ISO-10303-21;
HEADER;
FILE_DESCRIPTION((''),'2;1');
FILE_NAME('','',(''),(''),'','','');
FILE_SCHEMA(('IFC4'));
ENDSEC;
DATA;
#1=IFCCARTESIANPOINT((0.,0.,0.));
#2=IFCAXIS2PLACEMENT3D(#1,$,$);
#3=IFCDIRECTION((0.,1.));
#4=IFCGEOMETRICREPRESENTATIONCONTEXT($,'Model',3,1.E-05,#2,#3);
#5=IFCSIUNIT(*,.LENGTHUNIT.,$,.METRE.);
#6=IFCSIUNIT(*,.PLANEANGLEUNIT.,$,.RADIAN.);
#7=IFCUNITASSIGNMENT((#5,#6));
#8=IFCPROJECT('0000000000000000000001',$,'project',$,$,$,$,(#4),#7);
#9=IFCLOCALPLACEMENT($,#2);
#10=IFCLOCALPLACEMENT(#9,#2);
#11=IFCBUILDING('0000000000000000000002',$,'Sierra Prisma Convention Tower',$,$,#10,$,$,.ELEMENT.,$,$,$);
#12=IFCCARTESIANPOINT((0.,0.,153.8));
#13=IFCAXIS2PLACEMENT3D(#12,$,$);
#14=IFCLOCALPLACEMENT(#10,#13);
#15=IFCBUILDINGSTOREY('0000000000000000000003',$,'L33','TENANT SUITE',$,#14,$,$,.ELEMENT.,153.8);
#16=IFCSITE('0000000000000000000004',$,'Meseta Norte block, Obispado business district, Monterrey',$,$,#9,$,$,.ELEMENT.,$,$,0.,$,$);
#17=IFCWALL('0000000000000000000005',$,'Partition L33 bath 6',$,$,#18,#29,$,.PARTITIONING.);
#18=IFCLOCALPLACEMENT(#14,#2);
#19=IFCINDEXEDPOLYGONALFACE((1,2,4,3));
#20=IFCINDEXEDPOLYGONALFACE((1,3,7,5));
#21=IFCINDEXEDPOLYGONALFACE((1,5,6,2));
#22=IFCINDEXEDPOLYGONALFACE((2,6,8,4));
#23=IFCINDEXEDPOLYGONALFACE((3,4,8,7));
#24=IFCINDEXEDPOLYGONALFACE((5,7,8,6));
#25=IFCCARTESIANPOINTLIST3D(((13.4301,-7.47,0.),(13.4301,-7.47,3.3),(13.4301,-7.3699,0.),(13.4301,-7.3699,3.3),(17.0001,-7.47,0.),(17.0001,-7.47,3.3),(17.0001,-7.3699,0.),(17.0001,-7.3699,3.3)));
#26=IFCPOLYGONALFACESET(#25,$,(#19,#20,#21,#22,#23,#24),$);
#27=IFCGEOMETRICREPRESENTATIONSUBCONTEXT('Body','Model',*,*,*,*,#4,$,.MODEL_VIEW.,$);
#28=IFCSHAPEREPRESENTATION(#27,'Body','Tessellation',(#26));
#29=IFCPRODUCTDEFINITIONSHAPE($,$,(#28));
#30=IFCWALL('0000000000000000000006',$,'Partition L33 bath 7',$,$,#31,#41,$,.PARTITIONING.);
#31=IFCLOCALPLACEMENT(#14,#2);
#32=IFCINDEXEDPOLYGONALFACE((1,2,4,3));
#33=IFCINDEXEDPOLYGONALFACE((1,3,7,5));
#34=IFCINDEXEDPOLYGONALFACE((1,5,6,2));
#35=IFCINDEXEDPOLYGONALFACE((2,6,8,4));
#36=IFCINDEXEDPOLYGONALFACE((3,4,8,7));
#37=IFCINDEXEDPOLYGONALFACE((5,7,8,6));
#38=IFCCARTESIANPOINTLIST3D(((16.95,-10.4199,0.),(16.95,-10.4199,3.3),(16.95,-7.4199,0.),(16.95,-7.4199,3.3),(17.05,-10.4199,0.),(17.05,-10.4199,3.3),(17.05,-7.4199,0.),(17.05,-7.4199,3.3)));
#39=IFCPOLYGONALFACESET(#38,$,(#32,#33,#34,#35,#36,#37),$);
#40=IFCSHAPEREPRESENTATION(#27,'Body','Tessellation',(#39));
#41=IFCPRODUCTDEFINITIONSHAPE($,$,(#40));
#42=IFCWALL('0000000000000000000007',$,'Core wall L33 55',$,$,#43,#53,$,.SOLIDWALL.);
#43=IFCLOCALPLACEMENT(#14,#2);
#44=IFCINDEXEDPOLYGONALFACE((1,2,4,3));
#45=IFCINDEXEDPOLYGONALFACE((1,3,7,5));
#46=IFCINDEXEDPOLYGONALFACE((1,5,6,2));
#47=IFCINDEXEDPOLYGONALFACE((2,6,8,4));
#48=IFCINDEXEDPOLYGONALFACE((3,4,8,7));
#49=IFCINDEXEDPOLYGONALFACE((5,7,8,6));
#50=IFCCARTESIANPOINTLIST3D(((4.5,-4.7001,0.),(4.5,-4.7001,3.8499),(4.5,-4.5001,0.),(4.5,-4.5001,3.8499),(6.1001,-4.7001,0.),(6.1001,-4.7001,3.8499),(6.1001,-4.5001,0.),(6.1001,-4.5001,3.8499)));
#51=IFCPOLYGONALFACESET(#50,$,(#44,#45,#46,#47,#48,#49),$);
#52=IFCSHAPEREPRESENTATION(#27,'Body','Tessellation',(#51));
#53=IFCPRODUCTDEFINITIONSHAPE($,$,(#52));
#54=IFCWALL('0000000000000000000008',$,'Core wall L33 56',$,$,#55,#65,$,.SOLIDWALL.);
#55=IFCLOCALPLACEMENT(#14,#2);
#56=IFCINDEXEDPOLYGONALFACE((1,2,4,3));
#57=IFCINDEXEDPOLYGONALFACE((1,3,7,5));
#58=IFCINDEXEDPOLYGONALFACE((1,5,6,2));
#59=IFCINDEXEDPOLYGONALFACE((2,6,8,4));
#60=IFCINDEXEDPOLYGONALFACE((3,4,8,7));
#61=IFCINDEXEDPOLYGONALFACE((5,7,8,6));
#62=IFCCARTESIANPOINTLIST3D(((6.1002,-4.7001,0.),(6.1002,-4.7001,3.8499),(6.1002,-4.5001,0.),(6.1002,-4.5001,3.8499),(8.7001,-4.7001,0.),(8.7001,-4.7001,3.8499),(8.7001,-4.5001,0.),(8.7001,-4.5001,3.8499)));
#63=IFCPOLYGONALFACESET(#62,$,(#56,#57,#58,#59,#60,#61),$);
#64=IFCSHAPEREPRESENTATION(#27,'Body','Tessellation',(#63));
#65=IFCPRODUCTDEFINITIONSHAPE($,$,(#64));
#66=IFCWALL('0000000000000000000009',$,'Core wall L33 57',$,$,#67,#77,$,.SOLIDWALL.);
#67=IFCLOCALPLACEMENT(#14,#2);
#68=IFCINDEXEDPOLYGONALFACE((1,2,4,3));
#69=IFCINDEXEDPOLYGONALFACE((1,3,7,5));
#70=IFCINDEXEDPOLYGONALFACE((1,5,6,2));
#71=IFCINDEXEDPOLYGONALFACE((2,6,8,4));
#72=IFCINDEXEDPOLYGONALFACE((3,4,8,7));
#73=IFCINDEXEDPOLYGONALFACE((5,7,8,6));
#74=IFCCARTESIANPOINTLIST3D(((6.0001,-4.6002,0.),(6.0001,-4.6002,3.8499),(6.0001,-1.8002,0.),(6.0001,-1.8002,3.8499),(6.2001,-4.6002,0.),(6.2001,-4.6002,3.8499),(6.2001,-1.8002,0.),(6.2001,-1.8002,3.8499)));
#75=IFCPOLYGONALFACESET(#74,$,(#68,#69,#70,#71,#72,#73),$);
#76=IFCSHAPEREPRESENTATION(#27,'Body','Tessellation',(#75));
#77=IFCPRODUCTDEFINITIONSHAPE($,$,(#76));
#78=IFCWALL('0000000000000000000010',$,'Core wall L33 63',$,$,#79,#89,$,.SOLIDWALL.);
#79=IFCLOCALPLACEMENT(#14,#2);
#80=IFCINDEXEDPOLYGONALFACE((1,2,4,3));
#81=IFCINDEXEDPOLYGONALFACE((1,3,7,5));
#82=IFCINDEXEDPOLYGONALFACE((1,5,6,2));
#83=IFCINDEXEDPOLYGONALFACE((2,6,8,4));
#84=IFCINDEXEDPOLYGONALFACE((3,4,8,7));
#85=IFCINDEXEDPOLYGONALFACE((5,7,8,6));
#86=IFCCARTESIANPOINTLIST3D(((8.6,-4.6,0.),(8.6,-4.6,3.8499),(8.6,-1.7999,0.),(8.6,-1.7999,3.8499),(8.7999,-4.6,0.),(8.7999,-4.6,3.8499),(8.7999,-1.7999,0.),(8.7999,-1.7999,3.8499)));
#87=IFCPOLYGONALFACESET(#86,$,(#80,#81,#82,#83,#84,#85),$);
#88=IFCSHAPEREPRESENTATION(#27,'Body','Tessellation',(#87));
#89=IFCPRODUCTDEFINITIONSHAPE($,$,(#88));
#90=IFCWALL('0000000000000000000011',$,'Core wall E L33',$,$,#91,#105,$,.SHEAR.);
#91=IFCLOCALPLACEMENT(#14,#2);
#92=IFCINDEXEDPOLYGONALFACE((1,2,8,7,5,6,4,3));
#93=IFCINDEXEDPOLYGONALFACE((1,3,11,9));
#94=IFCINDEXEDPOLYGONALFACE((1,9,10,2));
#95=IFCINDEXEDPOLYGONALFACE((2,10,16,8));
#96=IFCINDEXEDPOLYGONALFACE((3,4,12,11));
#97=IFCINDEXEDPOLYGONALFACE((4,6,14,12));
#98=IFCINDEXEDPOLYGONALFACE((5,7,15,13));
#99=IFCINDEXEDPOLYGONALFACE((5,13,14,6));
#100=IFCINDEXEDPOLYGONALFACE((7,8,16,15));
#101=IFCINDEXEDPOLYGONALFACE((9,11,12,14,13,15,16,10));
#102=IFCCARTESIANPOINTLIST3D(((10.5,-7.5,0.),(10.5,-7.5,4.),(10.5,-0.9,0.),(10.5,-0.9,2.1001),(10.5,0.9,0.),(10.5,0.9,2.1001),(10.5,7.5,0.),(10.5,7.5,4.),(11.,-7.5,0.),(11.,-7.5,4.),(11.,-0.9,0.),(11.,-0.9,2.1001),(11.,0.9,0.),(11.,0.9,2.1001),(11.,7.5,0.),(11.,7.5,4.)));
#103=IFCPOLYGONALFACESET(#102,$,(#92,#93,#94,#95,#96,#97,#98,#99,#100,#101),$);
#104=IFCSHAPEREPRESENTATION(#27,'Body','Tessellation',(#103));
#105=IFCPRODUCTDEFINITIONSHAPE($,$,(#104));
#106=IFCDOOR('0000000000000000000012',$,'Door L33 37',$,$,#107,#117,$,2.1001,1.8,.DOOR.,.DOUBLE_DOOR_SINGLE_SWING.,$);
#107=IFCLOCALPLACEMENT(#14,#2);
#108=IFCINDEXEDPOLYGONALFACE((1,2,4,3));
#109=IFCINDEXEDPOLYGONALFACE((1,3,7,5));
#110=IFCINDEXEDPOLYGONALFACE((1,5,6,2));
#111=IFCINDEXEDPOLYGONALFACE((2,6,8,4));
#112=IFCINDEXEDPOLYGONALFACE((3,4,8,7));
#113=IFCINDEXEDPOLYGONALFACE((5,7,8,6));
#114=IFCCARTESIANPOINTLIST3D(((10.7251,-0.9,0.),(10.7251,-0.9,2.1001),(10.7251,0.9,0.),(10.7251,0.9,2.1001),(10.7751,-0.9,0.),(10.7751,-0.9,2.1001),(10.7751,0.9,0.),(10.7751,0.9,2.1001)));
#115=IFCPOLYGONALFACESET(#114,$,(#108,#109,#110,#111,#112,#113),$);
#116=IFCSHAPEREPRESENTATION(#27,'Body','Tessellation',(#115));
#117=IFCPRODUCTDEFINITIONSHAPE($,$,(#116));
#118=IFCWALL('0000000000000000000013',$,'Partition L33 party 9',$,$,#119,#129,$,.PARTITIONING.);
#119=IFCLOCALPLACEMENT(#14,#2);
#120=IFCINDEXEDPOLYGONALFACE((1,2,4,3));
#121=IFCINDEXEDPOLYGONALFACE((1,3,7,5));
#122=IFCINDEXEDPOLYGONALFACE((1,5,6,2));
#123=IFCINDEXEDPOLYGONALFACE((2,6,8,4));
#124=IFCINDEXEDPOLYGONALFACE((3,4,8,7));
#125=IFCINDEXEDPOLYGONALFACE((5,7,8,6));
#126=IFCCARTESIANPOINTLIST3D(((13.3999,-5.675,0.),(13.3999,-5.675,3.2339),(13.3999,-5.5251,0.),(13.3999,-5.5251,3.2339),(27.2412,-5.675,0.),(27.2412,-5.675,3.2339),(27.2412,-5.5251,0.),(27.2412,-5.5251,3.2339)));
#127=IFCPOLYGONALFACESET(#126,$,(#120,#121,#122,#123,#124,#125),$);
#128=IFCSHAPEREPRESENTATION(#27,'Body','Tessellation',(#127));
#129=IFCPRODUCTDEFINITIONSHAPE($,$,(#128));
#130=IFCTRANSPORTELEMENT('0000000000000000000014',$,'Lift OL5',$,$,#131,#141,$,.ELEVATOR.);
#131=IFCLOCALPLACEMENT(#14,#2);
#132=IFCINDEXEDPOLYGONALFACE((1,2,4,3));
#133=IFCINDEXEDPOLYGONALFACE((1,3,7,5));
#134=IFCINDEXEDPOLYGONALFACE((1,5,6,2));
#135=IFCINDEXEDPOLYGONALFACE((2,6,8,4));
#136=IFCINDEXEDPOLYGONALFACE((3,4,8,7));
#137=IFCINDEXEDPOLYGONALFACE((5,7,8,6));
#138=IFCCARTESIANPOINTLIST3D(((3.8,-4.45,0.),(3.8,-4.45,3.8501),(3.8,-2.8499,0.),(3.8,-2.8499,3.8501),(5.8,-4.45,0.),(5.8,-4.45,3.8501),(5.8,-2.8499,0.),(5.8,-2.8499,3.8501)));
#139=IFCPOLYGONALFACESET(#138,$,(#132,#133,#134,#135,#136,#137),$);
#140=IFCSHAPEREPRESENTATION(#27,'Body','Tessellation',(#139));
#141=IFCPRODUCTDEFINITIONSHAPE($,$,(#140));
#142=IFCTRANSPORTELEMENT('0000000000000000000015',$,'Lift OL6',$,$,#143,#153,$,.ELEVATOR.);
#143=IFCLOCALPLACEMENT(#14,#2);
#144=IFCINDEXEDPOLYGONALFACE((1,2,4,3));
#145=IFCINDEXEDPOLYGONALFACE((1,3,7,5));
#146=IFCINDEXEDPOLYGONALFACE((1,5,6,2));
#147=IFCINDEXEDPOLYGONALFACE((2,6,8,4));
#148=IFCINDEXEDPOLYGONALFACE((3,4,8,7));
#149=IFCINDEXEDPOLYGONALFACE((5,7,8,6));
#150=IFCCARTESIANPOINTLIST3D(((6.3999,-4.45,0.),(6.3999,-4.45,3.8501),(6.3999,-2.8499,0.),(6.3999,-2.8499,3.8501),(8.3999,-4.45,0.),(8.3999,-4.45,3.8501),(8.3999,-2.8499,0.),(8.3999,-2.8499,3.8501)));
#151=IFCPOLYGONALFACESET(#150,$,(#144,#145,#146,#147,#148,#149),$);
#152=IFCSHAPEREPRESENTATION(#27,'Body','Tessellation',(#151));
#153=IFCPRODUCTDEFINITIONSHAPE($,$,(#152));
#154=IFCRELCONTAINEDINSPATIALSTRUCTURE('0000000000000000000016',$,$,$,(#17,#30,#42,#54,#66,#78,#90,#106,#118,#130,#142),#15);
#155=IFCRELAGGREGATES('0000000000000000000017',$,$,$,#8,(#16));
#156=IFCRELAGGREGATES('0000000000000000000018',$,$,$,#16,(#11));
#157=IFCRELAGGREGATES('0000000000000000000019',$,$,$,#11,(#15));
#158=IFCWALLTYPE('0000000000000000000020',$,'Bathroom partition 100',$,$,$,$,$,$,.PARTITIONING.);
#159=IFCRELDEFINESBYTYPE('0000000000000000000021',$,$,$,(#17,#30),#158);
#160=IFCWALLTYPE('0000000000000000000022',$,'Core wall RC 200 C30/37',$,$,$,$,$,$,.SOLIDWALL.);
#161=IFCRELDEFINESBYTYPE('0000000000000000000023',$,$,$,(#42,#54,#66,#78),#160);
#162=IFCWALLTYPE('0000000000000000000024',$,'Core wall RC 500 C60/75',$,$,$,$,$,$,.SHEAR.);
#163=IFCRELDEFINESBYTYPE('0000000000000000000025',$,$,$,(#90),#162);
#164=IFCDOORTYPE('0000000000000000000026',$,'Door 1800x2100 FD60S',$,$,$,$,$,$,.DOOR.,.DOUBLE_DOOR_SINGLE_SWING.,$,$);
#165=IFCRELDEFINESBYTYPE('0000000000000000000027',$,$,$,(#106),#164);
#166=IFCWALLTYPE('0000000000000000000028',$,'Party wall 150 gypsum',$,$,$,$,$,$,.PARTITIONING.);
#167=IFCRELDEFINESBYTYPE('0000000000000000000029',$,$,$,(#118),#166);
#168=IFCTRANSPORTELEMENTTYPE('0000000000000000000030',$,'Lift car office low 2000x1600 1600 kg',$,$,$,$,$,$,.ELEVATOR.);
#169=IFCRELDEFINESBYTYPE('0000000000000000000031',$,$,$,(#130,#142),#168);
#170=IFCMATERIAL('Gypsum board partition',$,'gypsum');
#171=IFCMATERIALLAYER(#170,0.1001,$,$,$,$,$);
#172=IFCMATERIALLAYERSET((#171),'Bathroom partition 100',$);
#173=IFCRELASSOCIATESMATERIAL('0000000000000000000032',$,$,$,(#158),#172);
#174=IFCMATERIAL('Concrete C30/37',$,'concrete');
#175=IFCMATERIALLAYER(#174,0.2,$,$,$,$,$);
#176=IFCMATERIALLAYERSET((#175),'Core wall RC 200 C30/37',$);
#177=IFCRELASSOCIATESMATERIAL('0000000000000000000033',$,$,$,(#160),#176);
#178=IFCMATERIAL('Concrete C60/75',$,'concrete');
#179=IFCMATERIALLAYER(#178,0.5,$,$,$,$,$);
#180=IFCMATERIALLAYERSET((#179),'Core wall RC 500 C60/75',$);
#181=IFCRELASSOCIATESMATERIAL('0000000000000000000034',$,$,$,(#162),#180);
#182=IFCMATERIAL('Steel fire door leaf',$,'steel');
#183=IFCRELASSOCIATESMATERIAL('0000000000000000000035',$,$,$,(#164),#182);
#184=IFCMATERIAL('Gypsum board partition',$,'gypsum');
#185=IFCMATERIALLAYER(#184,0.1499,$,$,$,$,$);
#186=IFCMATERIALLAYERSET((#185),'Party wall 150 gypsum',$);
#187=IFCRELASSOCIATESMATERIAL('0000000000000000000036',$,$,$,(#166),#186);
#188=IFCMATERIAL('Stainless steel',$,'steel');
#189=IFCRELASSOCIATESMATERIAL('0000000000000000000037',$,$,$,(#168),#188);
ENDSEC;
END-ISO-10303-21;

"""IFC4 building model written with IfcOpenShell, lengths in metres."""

from ifc_helpers import new_model, si_unit, direction, frame, frame_2d, origin, origin_2d, place, context, subcontext, project, spatial, rectangle, extrude, material, layer, layer_set, type_object, element, fill, save


model = new_model("IFC4")

# Units and contexts
model_context = context("Model", 3, precision=1e-05, world=origin(), true_north=direction((0.0, 1.0)))
body_context = subcontext(model_context, "Body", "Model", "MODEL_VIEW")
ifc_project = project(units=[si_unit("LENGTHUNIT", "METRE"), si_unit("PLANEANGLEUNIT", "RADIAN")], contexts=[model_context])

# Site, building, storey
site_placement = place(None, origin())
site = spatial("IfcSite", under=ifc_project, at=site_placement, Name="Meseta Norte block, Obispado business district, Monterrey", CompositionType="ELEMENT", RefElevation=0.0)
building_placement = place(site_placement, origin())
building = spatial("IfcBuilding", under=site, at=building_placement, Name="Sierra Prisma Convention Tower", CompositionType="ELEMENT")
storey_placement = place(building_placement, frame((0.0, 0.0, 153.8)))
storey = spatial("IfcBuildingStorey", under=building, at=storey_placement, Name="L33", Description="TENANT SUITE", CompositionType="ELEMENT", Elevation=153.8)

# Walls
ifc_material_1 = material(Name="Gypsum board partition", Category="gypsum")
ifc_layer_1 = layer(ifc_material_1, 0.1001)
ifc_layer_set_1 = layer_set([ifc_layer_1], Name="Bathroom partition 100")
wall_type_1 = type_object("IfcWallType", Name="Bathroom partition 100", PredefinedType="PARTITIONING", material=ifc_layer_set_1)
wall_1_placement = place(storey_placement, frame((13.4299, -7.4199, 0.0), z_axis=(0.0, 0.0, 1.0), x_axis=(1.0, 0.0, 0.0)))
element("IfcWall", 1, at=wall_1_placement, inside=storey, type_object=wall_type_1, Name="Partition L33 bath 6", PredefinedType="PARTITIONING", context=body_context, shape_type="SweptSolid", body=[
    extrude(rectangle(XDim=3.5701, YDim=0.1001, at=frame_2d((1.7852, 0.0))), origin(), (0.0, 0.0, 1.0), 3.3),
])
wall_2_placement = place(storey_placement, frame((17.0, -7.4199, 0.0), z_axis=(0.0, 0.0, 1.0), x_axis=(0.0, -1.0, 0.0)))
element("IfcWall", 2, at=wall_2_placement, inside=storey, type_object=wall_type_1, Name="Partition L33 bath 7", PredefinedType="PARTITIONING", context=body_context, shape_type="SweptSolid", body=[
    extrude(rectangle(XDim=3.0, YDim=0.1001, at=frame_2d((1.5, 0.0))), origin(), (0.0, 0.0, 1.0), 3.3),
])
ifc_material_2 = material(Name="Concrete C30/37", Category="concrete")
ifc_layer_2 = layer(ifc_material_2, 0.2)
ifc_layer_set_2 = layer_set([ifc_layer_2], Name="Core wall RC 200 C30/37")
wall_type_2 = type_object("IfcWallType", Name="Core wall RC 200 C30/37", PredefinedType="SOLIDWALL", material=ifc_layer_set_2)
wall_3_placement = place(storey_placement, frame((6.1001, -4.6001, 0.0), z_axis=(0.0, 0.0, 1.0), x_axis=(-1.0, 0.0, 0.0)))
element("IfcWall", 3, at=wall_3_placement, inside=storey, type_object=wall_type_2, Name="Core wall L33 55", PredefinedType="SOLIDWALL", context=body_context, shape_type="SweptSolid", body=[
    extrude(rectangle(XDim=1.6001, YDim=0.2, at=frame_2d((0.8, 0.0))), origin(), (0.0, 0.0, 1.0), 3.8499),
])
wall_4_placement = place(storey_placement, frame((8.7, -4.6001, 0.0), z_axis=(0.0, 0.0, 1.0), x_axis=(-1.0, 0.0, 0.0)))
element("IfcWall", 4, at=wall_4_placement, inside=storey, type_object=wall_type_2, Name="Core wall L33 56", PredefinedType="SOLIDWALL", context=body_context, shape_type="SweptSolid", body=[
    extrude(rectangle(XDim=2.5999, YDim=0.2, at=frame_2d((1.2998, 0.0))), origin(), (0.0, 0.0, 1.0), 3.8499),
])
wall_5_placement = place(storey_placement, frame((6.1001, -4.6001, 0.0), z_axis=(0.0, 0.0, 1.0), x_axis=(0.0, 1.0, 0.0)))
element("IfcWall", 5, at=wall_5_placement, inside=storey, type_object=wall_type_2, Name="Core wall L33 57", PredefinedType="SOLIDWALL", context=body_context, shape_type="SweptSolid", body=[
    extrude(rectangle(XDim=2.8, YDim=0.2, at=frame_2d((1.3999, 0.0))), origin(), (0.0, 0.0, 1.0), 3.8499),
])

# Wall
wall_6_placement = place(storey_placement, frame((8.7, -1.8, 0.0), z_axis=(0.0, 0.0, 1.0), x_axis=(0.0, -1.0, 0.0)))
element("IfcWall", 6, at=wall_6_placement, inside=storey, type_object=wall_type_2, Name="Core wall L33 63", PredefinedType="SOLIDWALL", context=body_context, shape_type="SweptSolid", body=[
    extrude(rectangle(XDim=2.8, YDim=0.2, at=frame_2d((1.3999, 0.0))), origin(), (0.0, 0.0, 1.0), 3.8499),
])

# Wall, opening, door
ifc_material_3 = material(Name="Concrete C60/75", Category="concrete")
ifc_layer_3 = layer(ifc_material_3, 0.5)
ifc_layer_set_3 = layer_set([ifc_layer_3], Name="Core wall RC 500 C60/75")
wall_type_3 = type_object("IfcWallType", Name="Core wall RC 500 C60/75", PredefinedType="SHEAR", material=ifc_layer_set_3)
wall_7_placement = place(storey_placement, frame((10.75, -7.5, 0.0), z_axis=(0.0, 0.0, 1.0), x_axis=(0.0, 1.0, 0.0)))
wall_7 = element("IfcWall", 7, at=wall_7_placement, inside=storey, type_object=wall_type_3, Name="Core wall E L33", PredefinedType="SHEAR", context=body_context, shape_type="SweptSolid", body=[
    extrude(rectangle(XDim=15.0, YDim=0.5, at=frame_2d((7.5, 0.0))), origin(), (0.0, 0.0, 1.0), 4.0),
])
opening_1_placement = place(wall_7_placement, frame((6.6001, 0.0, 0.0)))
opening_1 = element("IfcOpeningElement", 8, at=opening_1_placement, cuts=wall_7, PredefinedType="OPENING", context=body_context, shape_type="SweptSolid", body=[
    extrude(rectangle(XDim=1.8, YDim=2.1001, at=frame_2d((0.8999, 1.05))), frame((0.0, 0.25, 0.0), z_axis=(0.0, -1.0, 0.0), x_axis=(1.0, 0.0, 0.0)), (0.0, 0.0, 1.0), 0.5),
])
ifc_material_4 = material(Name="Steel fire door leaf", Category="steel")
door_type_1 = type_object("IfcDoorType", Name="Door 1800x2100 FD60S", OperationType="DOUBLE_DOOR_SINGLE_SWING", PredefinedType="DOOR", material=ifc_material_4)
door_1_placement = place(opening_1_placement, origin())
door_1 = element("IfcDoor", 9, at=door_1_placement, inside=storey, type_object=door_type_1, Name="Door L33 37", OperationType="DOUBLE_DOOR_SINGLE_SWING", OverallHeight=2.1001, OverallWidth=1.8, PredefinedType="DOOR", context=body_context, shape_type="SweptSolid", body=[
    extrude(rectangle(XDim=1.8, YDim=2.1001, at=frame_2d((0.8999, 1.05))), frame((0.0, 0.0249, 0.0), z_axis=(0.0, -1.0, 0.0), x_axis=(1.0, 0.0, 0.0)), (0.0, 0.0, 1.0), 0.05),
])
fill(opening_1, door_1)

# Wall
ifc_material_5 = material(Name="Gypsum board partition", Category="gypsum")
ifc_layer_4 = layer(ifc_material_5, 0.1499)
ifc_layer_set_4 = layer_set([ifc_layer_4], Name="Party wall 150 gypsum")
wall_type_4 = type_object("IfcWallType", Name="Party wall 150 gypsum", PredefinedType="PARTITIONING", material=ifc_layer_set_4)
wall_8_placement = place(storey_placement, frame((13.3999, -5.6001, 0.0), z_axis=(0.0, 0.0, 1.0), x_axis=(1.0, 0.0, 0.0)))
element("IfcWall", 10, at=wall_8_placement, inside=storey, type_object=wall_type_4, Name="Partition L33 party 9", PredefinedType="PARTITIONING", context=body_context, shape_type="SweptSolid", body=[
    extrude(rectangle(XDim=13.8413, YDim=0.1499, at=frame_2d((6.9207, 0.0))), origin(), (0.0, 0.0, 1.0), 3.2339),
])

# Transport elements
ifc_material_6 = material(Name="Stainless steel", Category="steel")
transport_element_type = type_object("IfcTransportElementType", Name="Lift car office low 2000x1600 1600 kg", PredefinedType="ELEVATOR", material=ifc_material_6)
for number, where, z_axis, x_axis, name in (
    (11, (4.8, -3.6499, 0.0), (0.0, 0.0, 1.0), (1.0, 0.0, 0.0), "Lift OL5"),
    (12, (7.3999, -3.6499, 0.0), (0.0, 0.0, 1.0), (1.0, 0.0, 0.0), "Lift OL6"),
):
    element("IfcTransportElement", number, at=place(storey_placement, frame(where, z_axis=z_axis, x_axis=x_axis)), inside=storey, type_object=transport_element_type, Name=name, PredefinedType="ELEVATOR", context=body_context, shape_type="SweptSolid", body=[
        extrude(rectangle(XDim=2.0, YDim=1.6001, at=origin_2d()), origin(), (0.0, 0.0, 1.0), 3.8501),
    ])

save(model, "model.ifc")
